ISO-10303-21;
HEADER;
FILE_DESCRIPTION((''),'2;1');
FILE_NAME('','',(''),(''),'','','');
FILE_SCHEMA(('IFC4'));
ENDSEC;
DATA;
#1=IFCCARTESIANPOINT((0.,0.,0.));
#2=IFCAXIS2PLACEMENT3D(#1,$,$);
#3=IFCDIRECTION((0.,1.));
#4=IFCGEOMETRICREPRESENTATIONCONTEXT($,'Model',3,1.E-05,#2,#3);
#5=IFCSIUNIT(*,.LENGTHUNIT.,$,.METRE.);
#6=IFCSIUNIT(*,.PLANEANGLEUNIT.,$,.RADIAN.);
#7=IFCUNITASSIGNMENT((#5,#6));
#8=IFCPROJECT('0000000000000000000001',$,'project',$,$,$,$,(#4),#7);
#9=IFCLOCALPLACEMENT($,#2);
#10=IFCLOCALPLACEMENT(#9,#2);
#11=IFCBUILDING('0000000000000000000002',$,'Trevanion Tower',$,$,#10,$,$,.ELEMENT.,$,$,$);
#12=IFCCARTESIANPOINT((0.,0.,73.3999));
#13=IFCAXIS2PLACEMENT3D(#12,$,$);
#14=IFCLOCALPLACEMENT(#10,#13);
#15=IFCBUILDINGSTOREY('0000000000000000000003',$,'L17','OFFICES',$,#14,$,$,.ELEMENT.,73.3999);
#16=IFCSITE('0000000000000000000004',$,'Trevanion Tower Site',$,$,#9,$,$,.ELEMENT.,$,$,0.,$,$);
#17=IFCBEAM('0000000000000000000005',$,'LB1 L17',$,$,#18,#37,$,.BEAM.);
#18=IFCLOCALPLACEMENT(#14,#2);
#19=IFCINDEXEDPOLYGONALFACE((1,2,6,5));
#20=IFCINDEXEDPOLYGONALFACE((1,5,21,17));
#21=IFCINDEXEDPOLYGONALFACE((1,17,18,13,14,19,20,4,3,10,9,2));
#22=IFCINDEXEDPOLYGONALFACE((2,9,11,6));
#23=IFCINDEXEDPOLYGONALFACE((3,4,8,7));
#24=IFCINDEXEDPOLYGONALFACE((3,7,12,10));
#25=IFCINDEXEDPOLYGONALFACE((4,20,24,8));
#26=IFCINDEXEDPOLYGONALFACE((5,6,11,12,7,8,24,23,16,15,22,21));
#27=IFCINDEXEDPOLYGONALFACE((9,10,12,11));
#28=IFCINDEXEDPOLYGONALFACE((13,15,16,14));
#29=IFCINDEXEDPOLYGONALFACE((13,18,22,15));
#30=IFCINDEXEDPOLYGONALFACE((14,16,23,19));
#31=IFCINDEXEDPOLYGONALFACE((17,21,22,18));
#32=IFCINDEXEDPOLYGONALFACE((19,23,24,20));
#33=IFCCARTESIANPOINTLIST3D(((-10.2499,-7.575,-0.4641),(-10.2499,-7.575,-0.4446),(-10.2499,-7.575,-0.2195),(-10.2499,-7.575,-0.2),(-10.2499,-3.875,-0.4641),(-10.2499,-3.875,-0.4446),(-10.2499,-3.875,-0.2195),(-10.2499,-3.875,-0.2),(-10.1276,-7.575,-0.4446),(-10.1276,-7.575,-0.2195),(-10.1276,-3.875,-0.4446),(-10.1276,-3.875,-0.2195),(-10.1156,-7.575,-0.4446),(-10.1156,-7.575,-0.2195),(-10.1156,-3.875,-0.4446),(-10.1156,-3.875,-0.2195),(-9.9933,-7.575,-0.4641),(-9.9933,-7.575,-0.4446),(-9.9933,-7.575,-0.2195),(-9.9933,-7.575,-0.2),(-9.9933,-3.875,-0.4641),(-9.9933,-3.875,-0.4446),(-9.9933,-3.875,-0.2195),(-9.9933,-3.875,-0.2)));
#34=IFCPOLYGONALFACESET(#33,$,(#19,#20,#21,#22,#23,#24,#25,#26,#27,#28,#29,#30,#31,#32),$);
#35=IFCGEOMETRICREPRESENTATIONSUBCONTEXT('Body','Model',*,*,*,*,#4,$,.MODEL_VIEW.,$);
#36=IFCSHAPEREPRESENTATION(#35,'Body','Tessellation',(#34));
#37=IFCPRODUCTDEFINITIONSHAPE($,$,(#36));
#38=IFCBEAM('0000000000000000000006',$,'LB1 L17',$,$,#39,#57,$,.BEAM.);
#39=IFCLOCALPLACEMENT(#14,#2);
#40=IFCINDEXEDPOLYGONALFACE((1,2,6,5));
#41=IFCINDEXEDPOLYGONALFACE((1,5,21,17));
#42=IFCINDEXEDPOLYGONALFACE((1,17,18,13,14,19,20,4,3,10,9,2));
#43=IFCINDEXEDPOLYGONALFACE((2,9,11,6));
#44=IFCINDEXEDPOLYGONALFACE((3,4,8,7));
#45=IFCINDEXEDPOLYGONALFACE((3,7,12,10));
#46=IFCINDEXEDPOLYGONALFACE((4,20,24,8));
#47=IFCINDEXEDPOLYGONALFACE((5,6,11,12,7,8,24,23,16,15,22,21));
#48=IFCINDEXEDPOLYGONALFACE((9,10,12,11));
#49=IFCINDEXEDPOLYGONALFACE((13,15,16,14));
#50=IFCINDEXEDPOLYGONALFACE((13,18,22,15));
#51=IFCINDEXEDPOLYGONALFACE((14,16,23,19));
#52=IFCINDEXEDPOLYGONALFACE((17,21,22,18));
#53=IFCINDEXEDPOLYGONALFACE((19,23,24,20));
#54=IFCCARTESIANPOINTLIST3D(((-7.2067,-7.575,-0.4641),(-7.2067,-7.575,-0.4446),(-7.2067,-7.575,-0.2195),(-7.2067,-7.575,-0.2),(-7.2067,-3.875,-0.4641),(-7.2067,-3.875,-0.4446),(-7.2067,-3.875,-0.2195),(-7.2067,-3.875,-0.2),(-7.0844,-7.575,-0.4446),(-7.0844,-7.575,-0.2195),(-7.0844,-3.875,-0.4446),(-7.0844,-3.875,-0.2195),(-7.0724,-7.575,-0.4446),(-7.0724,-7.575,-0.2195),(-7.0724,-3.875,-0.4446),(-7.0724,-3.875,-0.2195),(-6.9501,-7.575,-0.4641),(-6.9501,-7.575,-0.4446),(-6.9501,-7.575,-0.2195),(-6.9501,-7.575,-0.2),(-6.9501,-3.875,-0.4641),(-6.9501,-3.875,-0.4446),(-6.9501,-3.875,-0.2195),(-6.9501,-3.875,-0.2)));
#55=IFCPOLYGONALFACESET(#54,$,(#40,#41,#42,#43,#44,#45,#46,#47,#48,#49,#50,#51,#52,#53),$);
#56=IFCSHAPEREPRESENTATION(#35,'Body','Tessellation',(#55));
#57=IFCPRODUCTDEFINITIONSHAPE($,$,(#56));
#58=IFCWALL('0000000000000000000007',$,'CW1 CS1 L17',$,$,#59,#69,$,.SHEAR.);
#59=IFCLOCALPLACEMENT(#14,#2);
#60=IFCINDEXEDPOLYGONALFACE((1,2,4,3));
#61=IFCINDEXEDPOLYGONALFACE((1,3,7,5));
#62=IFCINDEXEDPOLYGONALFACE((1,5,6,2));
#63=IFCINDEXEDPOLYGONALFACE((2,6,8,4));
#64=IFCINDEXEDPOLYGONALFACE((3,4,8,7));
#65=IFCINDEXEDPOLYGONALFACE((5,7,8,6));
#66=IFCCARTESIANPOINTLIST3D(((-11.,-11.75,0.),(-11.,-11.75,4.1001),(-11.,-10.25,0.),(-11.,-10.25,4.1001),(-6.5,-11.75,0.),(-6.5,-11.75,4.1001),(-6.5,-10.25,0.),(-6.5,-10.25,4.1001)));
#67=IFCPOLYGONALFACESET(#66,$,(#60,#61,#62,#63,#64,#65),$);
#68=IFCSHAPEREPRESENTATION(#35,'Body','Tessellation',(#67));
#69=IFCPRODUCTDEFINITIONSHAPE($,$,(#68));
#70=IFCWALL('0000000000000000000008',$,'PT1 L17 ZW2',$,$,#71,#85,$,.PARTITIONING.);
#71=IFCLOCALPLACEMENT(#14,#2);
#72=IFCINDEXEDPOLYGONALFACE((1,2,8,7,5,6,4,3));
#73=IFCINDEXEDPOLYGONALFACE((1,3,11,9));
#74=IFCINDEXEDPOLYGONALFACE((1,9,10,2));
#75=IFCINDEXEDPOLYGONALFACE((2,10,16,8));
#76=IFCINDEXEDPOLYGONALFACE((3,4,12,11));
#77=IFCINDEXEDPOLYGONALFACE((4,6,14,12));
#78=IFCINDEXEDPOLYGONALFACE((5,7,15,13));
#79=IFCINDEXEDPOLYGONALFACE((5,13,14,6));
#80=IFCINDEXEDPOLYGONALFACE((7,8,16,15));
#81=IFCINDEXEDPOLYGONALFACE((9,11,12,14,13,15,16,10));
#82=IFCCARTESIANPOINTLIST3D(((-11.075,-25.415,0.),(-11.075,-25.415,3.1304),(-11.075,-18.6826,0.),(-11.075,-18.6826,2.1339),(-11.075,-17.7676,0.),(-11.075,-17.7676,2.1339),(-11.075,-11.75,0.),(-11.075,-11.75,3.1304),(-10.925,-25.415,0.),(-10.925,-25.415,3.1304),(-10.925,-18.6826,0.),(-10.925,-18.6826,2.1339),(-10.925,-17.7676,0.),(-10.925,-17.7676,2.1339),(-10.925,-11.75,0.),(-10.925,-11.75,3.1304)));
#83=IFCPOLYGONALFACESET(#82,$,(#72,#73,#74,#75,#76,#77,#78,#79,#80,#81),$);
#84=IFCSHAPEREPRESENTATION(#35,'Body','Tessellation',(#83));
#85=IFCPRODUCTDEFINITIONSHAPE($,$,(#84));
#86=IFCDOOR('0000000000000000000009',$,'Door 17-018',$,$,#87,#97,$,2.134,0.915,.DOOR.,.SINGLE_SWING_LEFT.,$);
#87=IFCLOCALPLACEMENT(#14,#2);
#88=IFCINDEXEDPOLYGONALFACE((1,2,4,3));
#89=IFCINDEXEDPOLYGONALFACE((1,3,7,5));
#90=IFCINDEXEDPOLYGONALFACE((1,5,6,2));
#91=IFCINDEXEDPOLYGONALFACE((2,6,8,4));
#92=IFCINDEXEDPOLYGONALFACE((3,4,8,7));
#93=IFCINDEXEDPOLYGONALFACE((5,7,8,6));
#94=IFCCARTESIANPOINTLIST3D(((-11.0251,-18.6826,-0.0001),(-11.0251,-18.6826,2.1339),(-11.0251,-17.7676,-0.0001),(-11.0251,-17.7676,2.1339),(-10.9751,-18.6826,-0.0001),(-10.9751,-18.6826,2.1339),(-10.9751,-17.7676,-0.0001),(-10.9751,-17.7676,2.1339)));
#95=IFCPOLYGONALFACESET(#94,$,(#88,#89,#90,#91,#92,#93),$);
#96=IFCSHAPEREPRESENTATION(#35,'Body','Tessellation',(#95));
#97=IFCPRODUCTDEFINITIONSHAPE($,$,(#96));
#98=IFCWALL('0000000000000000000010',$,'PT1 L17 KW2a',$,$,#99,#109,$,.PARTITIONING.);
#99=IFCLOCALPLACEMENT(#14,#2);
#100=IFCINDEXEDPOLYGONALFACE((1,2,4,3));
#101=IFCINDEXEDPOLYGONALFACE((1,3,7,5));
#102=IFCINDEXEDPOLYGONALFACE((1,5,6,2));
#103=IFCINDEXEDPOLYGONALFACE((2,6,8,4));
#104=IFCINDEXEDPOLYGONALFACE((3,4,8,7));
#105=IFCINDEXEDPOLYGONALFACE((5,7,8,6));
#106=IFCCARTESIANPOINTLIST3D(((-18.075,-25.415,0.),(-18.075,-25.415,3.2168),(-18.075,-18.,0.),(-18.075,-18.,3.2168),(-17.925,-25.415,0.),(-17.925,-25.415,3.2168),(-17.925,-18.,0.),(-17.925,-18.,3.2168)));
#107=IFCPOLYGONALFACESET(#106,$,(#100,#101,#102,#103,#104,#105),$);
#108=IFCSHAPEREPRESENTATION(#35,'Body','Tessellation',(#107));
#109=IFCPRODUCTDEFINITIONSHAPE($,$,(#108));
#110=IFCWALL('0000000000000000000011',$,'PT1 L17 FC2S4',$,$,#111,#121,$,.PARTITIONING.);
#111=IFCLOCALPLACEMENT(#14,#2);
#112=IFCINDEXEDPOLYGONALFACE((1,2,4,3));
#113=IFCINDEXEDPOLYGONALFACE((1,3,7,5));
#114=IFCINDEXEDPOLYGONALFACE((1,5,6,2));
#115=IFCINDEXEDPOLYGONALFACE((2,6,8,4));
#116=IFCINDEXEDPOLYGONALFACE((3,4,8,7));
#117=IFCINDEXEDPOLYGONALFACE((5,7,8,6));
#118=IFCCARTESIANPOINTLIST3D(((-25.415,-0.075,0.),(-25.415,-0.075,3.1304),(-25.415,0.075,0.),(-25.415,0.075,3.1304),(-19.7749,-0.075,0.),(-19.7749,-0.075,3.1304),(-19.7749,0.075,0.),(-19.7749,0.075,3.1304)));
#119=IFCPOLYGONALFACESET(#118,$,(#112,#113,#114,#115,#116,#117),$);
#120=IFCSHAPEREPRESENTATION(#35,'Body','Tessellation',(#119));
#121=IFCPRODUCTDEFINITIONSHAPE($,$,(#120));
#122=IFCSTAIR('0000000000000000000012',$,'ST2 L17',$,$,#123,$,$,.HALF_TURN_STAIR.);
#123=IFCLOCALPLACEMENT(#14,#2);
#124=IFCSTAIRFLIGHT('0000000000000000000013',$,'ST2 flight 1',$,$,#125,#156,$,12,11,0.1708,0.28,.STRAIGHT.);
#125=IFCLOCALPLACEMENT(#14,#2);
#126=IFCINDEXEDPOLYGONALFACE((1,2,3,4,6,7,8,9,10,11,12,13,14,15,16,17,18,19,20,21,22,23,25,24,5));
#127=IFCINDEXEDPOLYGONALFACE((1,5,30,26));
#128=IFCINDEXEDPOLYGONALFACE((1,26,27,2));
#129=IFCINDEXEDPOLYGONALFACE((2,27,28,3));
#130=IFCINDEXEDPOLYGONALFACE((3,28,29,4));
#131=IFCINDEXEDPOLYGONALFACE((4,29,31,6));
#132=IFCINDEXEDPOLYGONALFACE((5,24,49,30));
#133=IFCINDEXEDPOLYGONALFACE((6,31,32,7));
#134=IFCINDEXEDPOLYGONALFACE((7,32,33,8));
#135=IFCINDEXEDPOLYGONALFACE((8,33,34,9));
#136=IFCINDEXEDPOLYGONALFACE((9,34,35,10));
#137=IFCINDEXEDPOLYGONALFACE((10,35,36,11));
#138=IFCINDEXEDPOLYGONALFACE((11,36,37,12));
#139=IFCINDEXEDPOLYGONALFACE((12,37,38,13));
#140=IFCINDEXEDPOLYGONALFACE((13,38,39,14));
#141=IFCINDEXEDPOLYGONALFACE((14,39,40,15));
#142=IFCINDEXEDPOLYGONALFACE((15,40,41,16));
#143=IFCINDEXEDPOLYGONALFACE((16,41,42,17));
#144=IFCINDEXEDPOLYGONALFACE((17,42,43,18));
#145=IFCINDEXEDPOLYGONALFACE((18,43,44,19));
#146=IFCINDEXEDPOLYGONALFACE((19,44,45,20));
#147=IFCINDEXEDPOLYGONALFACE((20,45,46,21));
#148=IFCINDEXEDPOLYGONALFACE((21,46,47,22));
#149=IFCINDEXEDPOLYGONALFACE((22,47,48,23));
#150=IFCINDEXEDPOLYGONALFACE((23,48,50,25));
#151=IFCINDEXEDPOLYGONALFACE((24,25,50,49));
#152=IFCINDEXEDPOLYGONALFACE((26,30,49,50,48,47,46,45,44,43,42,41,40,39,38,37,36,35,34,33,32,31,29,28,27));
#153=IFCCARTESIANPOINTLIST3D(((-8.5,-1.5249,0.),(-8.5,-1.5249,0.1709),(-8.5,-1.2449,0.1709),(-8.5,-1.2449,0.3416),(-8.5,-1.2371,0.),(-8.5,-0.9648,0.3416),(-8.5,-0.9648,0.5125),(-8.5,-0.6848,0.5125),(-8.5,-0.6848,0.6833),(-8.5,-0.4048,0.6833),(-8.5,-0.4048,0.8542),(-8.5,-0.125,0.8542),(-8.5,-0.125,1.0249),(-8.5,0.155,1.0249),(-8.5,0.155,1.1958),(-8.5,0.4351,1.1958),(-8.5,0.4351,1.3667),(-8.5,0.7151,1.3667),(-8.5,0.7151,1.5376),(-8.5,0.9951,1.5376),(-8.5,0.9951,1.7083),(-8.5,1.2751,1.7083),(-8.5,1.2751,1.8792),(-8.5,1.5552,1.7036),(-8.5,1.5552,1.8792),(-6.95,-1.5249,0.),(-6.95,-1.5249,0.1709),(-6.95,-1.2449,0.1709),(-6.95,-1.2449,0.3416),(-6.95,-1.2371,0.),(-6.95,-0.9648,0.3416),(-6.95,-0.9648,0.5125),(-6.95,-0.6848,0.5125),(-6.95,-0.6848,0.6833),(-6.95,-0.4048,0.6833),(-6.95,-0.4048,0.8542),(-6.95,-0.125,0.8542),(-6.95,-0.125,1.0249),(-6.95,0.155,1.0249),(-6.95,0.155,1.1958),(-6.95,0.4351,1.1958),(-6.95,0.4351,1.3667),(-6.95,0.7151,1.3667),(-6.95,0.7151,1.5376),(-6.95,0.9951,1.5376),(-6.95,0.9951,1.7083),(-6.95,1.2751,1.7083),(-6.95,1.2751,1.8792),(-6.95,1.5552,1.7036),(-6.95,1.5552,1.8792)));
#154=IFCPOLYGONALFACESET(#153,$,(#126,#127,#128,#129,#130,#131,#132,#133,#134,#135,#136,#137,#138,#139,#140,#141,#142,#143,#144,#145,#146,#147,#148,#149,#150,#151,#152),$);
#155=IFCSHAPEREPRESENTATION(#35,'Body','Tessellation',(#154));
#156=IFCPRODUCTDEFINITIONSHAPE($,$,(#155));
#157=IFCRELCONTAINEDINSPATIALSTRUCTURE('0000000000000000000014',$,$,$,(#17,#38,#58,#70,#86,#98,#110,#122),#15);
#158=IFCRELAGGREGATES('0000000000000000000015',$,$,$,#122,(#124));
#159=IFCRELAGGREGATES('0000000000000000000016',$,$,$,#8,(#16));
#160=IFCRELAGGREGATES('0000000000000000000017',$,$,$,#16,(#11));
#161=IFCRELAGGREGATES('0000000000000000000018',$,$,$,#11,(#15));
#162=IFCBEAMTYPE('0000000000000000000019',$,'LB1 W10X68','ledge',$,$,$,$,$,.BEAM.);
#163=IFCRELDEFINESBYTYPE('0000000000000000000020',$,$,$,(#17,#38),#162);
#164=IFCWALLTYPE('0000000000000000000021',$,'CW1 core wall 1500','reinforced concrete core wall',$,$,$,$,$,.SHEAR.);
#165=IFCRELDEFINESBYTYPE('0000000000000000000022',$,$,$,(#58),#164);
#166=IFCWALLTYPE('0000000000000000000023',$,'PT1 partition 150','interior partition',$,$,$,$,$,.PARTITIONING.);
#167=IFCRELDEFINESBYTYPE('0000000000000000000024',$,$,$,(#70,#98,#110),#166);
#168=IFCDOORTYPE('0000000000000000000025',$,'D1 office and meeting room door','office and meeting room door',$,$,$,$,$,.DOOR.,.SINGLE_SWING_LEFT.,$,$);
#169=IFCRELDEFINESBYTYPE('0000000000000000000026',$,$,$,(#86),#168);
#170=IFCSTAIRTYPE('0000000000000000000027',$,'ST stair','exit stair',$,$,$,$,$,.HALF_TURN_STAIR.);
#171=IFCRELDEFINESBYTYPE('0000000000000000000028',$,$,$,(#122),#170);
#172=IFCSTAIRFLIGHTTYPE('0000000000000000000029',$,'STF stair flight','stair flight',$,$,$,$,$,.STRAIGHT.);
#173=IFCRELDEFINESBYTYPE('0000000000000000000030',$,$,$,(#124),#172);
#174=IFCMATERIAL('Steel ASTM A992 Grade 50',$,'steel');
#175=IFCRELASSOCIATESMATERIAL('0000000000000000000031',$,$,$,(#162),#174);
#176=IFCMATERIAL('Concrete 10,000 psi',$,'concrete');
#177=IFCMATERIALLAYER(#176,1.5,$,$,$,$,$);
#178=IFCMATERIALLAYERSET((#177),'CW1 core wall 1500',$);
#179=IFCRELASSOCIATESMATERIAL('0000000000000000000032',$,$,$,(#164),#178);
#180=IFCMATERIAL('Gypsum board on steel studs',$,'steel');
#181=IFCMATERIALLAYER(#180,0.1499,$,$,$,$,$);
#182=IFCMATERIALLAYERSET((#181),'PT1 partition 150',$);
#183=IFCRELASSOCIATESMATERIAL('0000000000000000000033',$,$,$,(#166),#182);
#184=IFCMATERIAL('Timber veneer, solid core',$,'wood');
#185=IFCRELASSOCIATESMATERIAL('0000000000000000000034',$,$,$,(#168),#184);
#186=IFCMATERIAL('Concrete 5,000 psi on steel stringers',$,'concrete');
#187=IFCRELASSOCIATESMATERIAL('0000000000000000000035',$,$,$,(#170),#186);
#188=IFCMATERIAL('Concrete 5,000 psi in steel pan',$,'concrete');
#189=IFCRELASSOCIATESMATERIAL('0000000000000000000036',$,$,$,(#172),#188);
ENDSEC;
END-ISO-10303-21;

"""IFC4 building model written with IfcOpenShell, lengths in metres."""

from ifc_helpers import new_model, si_unit, direction, frame, frame_2d, origin, origin_2d, place, context, subcontext, project, spatial, polyline, rectangle, i_section, outline, extrude, material, layer, layer_set, material_profile, profile_set, type_object, element, fill, aggregate, save


model = new_model("IFC4")

# Units and contexts
model_context = context("Model", 3, precision=1e-05, world=origin(), true_north=direction((0.0, 1.0)))
body_context = subcontext(model_context, "Body", "Model", "MODEL_VIEW")
ifc_project = project(units=[si_unit("LENGTHUNIT", "METRE"), si_unit("PLANEANGLEUNIT", "RADIAN")], contexts=[model_context])

# Site, building, storey
site_placement = place(None, origin())
site = spatial("IfcSite", under=ifc_project, at=site_placement, Name="Trevanion Tower Site", CompositionType="ELEMENT", RefElevation=0.0)
building_placement = place(site_placement, origin())
building = spatial("IfcBuilding", under=site, at=building_placement, Name="Trevanion Tower", CompositionType="ELEMENT")
storey_placement = place(building_placement, frame((0.0, 0.0, 73.3999)))
storey = spatial("IfcBuildingStorey", under=building, at=storey_placement, Name="L17", Description="OFFICES", CompositionType="ELEMENT", Elevation=73.3999)

# Beams
ifc_material_1 = material(Name="Steel ASTM A992 Grade 50", Category="steel")
ifc_material_profile_1 = material_profile(ifc_material_1, i_section(OverallWidth=0.2566, OverallDepth=0.2642, WebThickness=0.012, FlangeThickness=0.0195, at=origin_2d()), Name="W10X68")
ifc_profile_set_1 = profile_set([ifc_material_profile_1], Name="Steel ASTM A992 Grade 50")
beam_type_1 = type_object("IfcBeamType", Name="LB1 W10X68", Description="ledge", PredefinedType="BEAM", material=ifc_profile_set_1)
for number, where, z_axis, x_axis, name in (
    (1, (-10.1216, -7.575, -0.332), (0.0, 1.0, 0.0), (-1.0, 0.0, 0.0), "LB1 L17"),
    (2, (-7.0784, -7.575, -0.332), (0.0, 1.0, 0.0), (-1.0, 0.0, 0.0), "LB1 L17"),
):
    element("IfcBeam", number, at=place(storey_placement, frame(where, z_axis=z_axis, x_axis=x_axis)), inside=storey, type_object=beam_type_1, Name=name, PredefinedType="BEAM", context=body_context, shape_type="SweptSolid", body=[
        extrude(i_section(OverallWidth=0.2566, OverallDepth=0.2642, WebThickness=0.012, FlangeThickness=0.0195, at=origin_2d()), origin(), (0.0, 0.0, 1.0), 3.7),
    ])

# Wall
ifc_material_2 = material(Name="Concrete 10,000 psi", Category="concrete")
ifc_layer_1 = layer(ifc_material_2, 1.5)
ifc_layer_set_1 = layer_set([ifc_layer_1], Name="CW1 core wall 1500")
wall_type_1 = type_object("IfcWallType", Name="CW1 core wall 1500", Description="reinforced concrete core wall", PredefinedType="SHEAR", material=ifc_layer_set_1)
wall_1_placement = place(storey_placement, frame((-11.0, -11.0, 0.0), z_axis=(0.0, 0.0, 1.0), x_axis=(1.0, 0.0, 0.0)))
element("IfcWall", 3, at=wall_1_placement, inside=storey, type_object=wall_type_1, Name="CW1 CS1 L17", PredefinedType="SHEAR", context=body_context, shape_type="SweptSolid", body=[
    extrude(rectangle(XDim=4.5, YDim=1.5, at=frame_2d((2.25, 0.0))), origin(), (0.0, 0.0, 1.0), 4.1001),
])

# Wall, opening, door
ifc_material_3 = material(Name="Gypsum board on steel studs", Category="steel")
ifc_layer_2 = layer(ifc_material_3, 0.1499)
ifc_layer_set_2 = layer_set([ifc_layer_2], Name="PT1 partition 150")
wall_type_2 = type_object("IfcWallType", Name="PT1 partition 150", Description="interior partition", PredefinedType="PARTITIONING", material=ifc_layer_set_2)
wall_2_placement = place(storey_placement, frame((-11.0, -11.75, 0.0), z_axis=(0.0, 0.0, 1.0), x_axis=(0.0, -1.0, 0.0)))
wall_2 = element("IfcWall", 4, at=wall_2_placement, inside=storey, type_object=wall_type_2, Name="PT1 L17 ZW2", PredefinedType="PARTITIONING", context=body_context, shape_type="SweptSolid", body=[
    extrude(rectangle(XDim=13.665, YDim=0.1499, at=frame_2d((6.8325, 0.0))), origin(), (0.0, 0.0, 1.0), 3.1304),
])
opening_placement = place(wall_2_placement, frame((6.0176, 0.0, 0.0)))
opening = element("IfcOpeningElement", 5, at=opening_placement, cuts=wall_2, PredefinedType="OPENING", context=body_context, shape_type="SweptSolid", body=[
    extrude(rectangle(XDim=0.915, YDim=2.134, at=frame_2d((0.4575, 1.0669))), frame((0.0, 0.085, 0.0), z_axis=(0.0, -1.0, 0.0), x_axis=(1.0, 0.0, 0.0)), (0.0, 0.0, 1.0), 0.1699),
])
ifc_material_4 = material(Name="Timber veneer, solid core", Category="wood")
door_type = type_object("IfcDoorType", Name="D1 office and meeting room door", Description="office and meeting room door", OperationType="SINGLE_SWING_LEFT", PredefinedType="DOOR", material=ifc_material_4)
door_placement = place(opening_placement, origin())
door = element("IfcDoor", 6, at=door_placement, inside=storey, type_object=door_type, Name="Door 17-018", OperationType="SINGLE_SWING_LEFT", OverallHeight=2.134, OverallWidth=0.915, PredefinedType="DOOR", context=body_context, shape_type="SweptSolid", body=[
    extrude(rectangle(XDim=0.915, YDim=2.134, at=frame_2d((0.4575, 1.0669))), frame((0.0, 0.0249, 0.0), z_axis=(0.0, -1.0, 0.0), x_axis=(1.0, 0.0, 0.0)), (0.0, 0.0, 1.0), 0.05),
])
fill(opening, door)

# Walls
wall_3_placement = place(storey_placement, frame((-18.0, -18.0, 0.0), z_axis=(0.0, 0.0, 1.0), x_axis=(0.0, -1.0, 0.0)))
element("IfcWall", 7, at=wall_3_placement, inside=storey, type_object=wall_type_2, Name="PT1 L17 KW2a", PredefinedType="PARTITIONING", context=body_context, shape_type="SweptSolid", body=[
    extrude(rectangle(XDim=7.415, YDim=0.1499, at=frame_2d((3.7075, 0.0))), origin(), (0.0, 0.0, 1.0), 3.2168),
])
wall_4_placement = place(storey_placement, frame((-19.7749, 0.0, 0.0), z_axis=(0.0, 0.0, 1.0), x_axis=(-1.0, 0.0, 0.0)))
element("IfcWall", 8, at=wall_4_placement, inside=storey, type_object=wall_type_2, Name="PT1 L17 FC2S4", PredefinedType="PARTITIONING", context=body_context, shape_type="SweptSolid", body=[
    extrude(rectangle(XDim=5.6401, YDim=0.1499, at=frame_2d((2.8201, 0.0))), origin(), (0.0, 0.0, 1.0), 3.1304),
])

# Stair, stair flight
ifc_material_5 = material(Name="Concrete 5,000 psi on steel stringers", Category="concrete")
stair_type = type_object("IfcStairType", Name="ST stair", Description="exit stair", PredefinedType="HALF_TURN_STAIR", material=ifc_material_5)
stair_placement = place(storey_placement, origin())
stair = element("IfcStair", 9, at=stair_placement, inside=storey, type_object=stair_type, Name="ST2 L17", PredefinedType="HALF_TURN_STAIR")
ifc_material_6 = material(Name="Concrete 5,000 psi in steel pan", Category="concrete")
stair_flight_type = type_object("IfcStairFlightType", Name="STF stair flight", Description="stair flight", PredefinedType="STRAIGHT", material=ifc_material_6)
stair_flight_placement = place(storey_placement, frame((-7.7251, -1.5249, 0.0), z_axis=(0.0, 0.0, 1.0), x_axis=(0.0, 1.0, 0.0)))
stair_flight = element("IfcStairFlight", 10, at=stair_flight_placement, type_object=stair_flight_type, Name="ST2 flight 1", NumberOfRisers=12, NumberOfTreads=11, PredefinedType="STRAIGHT", RiserHeight=0.1708, TreadLength=0.28, context=body_context, shape_type="SweptSolid", body=[
    extrude(outline(polyline([(0.0, 0.0), (0.0, 0.1709), (0.28, 0.1709), (0.28, 0.3416), (0.5601, 0.3416), (0.5601, 0.5125), (0.8401, 0.5125), (0.8401, 0.6833), (1.1201, 0.6833), (1.1201, 0.8542), (1.3999, 0.8542), (1.3999, 1.0249), (1.6799, 1.0249), (1.6799, 1.1958), (1.96, 1.1958), (1.96, 1.3667), (2.24, 1.3667), (2.24, 1.5376), (2.52, 1.5376), (2.52, 1.7083), (2.8, 1.7083), (2.8, 1.8792), (3.0801, 1.8792), (3.0801, 2.05), (3.0801, 1.7036), (0.2878, 0.0), (0.0, 0.0)])), frame((0.0, 0.7749, 0.0), z_axis=(0.0, -1.0, 0.0), x_axis=(1.0, 0.0, 0.0)), (0.0, 0.0, 1.0), 1.55),
])
aggregate(stair, [stair_flight])

save(model, "model.ifc")
